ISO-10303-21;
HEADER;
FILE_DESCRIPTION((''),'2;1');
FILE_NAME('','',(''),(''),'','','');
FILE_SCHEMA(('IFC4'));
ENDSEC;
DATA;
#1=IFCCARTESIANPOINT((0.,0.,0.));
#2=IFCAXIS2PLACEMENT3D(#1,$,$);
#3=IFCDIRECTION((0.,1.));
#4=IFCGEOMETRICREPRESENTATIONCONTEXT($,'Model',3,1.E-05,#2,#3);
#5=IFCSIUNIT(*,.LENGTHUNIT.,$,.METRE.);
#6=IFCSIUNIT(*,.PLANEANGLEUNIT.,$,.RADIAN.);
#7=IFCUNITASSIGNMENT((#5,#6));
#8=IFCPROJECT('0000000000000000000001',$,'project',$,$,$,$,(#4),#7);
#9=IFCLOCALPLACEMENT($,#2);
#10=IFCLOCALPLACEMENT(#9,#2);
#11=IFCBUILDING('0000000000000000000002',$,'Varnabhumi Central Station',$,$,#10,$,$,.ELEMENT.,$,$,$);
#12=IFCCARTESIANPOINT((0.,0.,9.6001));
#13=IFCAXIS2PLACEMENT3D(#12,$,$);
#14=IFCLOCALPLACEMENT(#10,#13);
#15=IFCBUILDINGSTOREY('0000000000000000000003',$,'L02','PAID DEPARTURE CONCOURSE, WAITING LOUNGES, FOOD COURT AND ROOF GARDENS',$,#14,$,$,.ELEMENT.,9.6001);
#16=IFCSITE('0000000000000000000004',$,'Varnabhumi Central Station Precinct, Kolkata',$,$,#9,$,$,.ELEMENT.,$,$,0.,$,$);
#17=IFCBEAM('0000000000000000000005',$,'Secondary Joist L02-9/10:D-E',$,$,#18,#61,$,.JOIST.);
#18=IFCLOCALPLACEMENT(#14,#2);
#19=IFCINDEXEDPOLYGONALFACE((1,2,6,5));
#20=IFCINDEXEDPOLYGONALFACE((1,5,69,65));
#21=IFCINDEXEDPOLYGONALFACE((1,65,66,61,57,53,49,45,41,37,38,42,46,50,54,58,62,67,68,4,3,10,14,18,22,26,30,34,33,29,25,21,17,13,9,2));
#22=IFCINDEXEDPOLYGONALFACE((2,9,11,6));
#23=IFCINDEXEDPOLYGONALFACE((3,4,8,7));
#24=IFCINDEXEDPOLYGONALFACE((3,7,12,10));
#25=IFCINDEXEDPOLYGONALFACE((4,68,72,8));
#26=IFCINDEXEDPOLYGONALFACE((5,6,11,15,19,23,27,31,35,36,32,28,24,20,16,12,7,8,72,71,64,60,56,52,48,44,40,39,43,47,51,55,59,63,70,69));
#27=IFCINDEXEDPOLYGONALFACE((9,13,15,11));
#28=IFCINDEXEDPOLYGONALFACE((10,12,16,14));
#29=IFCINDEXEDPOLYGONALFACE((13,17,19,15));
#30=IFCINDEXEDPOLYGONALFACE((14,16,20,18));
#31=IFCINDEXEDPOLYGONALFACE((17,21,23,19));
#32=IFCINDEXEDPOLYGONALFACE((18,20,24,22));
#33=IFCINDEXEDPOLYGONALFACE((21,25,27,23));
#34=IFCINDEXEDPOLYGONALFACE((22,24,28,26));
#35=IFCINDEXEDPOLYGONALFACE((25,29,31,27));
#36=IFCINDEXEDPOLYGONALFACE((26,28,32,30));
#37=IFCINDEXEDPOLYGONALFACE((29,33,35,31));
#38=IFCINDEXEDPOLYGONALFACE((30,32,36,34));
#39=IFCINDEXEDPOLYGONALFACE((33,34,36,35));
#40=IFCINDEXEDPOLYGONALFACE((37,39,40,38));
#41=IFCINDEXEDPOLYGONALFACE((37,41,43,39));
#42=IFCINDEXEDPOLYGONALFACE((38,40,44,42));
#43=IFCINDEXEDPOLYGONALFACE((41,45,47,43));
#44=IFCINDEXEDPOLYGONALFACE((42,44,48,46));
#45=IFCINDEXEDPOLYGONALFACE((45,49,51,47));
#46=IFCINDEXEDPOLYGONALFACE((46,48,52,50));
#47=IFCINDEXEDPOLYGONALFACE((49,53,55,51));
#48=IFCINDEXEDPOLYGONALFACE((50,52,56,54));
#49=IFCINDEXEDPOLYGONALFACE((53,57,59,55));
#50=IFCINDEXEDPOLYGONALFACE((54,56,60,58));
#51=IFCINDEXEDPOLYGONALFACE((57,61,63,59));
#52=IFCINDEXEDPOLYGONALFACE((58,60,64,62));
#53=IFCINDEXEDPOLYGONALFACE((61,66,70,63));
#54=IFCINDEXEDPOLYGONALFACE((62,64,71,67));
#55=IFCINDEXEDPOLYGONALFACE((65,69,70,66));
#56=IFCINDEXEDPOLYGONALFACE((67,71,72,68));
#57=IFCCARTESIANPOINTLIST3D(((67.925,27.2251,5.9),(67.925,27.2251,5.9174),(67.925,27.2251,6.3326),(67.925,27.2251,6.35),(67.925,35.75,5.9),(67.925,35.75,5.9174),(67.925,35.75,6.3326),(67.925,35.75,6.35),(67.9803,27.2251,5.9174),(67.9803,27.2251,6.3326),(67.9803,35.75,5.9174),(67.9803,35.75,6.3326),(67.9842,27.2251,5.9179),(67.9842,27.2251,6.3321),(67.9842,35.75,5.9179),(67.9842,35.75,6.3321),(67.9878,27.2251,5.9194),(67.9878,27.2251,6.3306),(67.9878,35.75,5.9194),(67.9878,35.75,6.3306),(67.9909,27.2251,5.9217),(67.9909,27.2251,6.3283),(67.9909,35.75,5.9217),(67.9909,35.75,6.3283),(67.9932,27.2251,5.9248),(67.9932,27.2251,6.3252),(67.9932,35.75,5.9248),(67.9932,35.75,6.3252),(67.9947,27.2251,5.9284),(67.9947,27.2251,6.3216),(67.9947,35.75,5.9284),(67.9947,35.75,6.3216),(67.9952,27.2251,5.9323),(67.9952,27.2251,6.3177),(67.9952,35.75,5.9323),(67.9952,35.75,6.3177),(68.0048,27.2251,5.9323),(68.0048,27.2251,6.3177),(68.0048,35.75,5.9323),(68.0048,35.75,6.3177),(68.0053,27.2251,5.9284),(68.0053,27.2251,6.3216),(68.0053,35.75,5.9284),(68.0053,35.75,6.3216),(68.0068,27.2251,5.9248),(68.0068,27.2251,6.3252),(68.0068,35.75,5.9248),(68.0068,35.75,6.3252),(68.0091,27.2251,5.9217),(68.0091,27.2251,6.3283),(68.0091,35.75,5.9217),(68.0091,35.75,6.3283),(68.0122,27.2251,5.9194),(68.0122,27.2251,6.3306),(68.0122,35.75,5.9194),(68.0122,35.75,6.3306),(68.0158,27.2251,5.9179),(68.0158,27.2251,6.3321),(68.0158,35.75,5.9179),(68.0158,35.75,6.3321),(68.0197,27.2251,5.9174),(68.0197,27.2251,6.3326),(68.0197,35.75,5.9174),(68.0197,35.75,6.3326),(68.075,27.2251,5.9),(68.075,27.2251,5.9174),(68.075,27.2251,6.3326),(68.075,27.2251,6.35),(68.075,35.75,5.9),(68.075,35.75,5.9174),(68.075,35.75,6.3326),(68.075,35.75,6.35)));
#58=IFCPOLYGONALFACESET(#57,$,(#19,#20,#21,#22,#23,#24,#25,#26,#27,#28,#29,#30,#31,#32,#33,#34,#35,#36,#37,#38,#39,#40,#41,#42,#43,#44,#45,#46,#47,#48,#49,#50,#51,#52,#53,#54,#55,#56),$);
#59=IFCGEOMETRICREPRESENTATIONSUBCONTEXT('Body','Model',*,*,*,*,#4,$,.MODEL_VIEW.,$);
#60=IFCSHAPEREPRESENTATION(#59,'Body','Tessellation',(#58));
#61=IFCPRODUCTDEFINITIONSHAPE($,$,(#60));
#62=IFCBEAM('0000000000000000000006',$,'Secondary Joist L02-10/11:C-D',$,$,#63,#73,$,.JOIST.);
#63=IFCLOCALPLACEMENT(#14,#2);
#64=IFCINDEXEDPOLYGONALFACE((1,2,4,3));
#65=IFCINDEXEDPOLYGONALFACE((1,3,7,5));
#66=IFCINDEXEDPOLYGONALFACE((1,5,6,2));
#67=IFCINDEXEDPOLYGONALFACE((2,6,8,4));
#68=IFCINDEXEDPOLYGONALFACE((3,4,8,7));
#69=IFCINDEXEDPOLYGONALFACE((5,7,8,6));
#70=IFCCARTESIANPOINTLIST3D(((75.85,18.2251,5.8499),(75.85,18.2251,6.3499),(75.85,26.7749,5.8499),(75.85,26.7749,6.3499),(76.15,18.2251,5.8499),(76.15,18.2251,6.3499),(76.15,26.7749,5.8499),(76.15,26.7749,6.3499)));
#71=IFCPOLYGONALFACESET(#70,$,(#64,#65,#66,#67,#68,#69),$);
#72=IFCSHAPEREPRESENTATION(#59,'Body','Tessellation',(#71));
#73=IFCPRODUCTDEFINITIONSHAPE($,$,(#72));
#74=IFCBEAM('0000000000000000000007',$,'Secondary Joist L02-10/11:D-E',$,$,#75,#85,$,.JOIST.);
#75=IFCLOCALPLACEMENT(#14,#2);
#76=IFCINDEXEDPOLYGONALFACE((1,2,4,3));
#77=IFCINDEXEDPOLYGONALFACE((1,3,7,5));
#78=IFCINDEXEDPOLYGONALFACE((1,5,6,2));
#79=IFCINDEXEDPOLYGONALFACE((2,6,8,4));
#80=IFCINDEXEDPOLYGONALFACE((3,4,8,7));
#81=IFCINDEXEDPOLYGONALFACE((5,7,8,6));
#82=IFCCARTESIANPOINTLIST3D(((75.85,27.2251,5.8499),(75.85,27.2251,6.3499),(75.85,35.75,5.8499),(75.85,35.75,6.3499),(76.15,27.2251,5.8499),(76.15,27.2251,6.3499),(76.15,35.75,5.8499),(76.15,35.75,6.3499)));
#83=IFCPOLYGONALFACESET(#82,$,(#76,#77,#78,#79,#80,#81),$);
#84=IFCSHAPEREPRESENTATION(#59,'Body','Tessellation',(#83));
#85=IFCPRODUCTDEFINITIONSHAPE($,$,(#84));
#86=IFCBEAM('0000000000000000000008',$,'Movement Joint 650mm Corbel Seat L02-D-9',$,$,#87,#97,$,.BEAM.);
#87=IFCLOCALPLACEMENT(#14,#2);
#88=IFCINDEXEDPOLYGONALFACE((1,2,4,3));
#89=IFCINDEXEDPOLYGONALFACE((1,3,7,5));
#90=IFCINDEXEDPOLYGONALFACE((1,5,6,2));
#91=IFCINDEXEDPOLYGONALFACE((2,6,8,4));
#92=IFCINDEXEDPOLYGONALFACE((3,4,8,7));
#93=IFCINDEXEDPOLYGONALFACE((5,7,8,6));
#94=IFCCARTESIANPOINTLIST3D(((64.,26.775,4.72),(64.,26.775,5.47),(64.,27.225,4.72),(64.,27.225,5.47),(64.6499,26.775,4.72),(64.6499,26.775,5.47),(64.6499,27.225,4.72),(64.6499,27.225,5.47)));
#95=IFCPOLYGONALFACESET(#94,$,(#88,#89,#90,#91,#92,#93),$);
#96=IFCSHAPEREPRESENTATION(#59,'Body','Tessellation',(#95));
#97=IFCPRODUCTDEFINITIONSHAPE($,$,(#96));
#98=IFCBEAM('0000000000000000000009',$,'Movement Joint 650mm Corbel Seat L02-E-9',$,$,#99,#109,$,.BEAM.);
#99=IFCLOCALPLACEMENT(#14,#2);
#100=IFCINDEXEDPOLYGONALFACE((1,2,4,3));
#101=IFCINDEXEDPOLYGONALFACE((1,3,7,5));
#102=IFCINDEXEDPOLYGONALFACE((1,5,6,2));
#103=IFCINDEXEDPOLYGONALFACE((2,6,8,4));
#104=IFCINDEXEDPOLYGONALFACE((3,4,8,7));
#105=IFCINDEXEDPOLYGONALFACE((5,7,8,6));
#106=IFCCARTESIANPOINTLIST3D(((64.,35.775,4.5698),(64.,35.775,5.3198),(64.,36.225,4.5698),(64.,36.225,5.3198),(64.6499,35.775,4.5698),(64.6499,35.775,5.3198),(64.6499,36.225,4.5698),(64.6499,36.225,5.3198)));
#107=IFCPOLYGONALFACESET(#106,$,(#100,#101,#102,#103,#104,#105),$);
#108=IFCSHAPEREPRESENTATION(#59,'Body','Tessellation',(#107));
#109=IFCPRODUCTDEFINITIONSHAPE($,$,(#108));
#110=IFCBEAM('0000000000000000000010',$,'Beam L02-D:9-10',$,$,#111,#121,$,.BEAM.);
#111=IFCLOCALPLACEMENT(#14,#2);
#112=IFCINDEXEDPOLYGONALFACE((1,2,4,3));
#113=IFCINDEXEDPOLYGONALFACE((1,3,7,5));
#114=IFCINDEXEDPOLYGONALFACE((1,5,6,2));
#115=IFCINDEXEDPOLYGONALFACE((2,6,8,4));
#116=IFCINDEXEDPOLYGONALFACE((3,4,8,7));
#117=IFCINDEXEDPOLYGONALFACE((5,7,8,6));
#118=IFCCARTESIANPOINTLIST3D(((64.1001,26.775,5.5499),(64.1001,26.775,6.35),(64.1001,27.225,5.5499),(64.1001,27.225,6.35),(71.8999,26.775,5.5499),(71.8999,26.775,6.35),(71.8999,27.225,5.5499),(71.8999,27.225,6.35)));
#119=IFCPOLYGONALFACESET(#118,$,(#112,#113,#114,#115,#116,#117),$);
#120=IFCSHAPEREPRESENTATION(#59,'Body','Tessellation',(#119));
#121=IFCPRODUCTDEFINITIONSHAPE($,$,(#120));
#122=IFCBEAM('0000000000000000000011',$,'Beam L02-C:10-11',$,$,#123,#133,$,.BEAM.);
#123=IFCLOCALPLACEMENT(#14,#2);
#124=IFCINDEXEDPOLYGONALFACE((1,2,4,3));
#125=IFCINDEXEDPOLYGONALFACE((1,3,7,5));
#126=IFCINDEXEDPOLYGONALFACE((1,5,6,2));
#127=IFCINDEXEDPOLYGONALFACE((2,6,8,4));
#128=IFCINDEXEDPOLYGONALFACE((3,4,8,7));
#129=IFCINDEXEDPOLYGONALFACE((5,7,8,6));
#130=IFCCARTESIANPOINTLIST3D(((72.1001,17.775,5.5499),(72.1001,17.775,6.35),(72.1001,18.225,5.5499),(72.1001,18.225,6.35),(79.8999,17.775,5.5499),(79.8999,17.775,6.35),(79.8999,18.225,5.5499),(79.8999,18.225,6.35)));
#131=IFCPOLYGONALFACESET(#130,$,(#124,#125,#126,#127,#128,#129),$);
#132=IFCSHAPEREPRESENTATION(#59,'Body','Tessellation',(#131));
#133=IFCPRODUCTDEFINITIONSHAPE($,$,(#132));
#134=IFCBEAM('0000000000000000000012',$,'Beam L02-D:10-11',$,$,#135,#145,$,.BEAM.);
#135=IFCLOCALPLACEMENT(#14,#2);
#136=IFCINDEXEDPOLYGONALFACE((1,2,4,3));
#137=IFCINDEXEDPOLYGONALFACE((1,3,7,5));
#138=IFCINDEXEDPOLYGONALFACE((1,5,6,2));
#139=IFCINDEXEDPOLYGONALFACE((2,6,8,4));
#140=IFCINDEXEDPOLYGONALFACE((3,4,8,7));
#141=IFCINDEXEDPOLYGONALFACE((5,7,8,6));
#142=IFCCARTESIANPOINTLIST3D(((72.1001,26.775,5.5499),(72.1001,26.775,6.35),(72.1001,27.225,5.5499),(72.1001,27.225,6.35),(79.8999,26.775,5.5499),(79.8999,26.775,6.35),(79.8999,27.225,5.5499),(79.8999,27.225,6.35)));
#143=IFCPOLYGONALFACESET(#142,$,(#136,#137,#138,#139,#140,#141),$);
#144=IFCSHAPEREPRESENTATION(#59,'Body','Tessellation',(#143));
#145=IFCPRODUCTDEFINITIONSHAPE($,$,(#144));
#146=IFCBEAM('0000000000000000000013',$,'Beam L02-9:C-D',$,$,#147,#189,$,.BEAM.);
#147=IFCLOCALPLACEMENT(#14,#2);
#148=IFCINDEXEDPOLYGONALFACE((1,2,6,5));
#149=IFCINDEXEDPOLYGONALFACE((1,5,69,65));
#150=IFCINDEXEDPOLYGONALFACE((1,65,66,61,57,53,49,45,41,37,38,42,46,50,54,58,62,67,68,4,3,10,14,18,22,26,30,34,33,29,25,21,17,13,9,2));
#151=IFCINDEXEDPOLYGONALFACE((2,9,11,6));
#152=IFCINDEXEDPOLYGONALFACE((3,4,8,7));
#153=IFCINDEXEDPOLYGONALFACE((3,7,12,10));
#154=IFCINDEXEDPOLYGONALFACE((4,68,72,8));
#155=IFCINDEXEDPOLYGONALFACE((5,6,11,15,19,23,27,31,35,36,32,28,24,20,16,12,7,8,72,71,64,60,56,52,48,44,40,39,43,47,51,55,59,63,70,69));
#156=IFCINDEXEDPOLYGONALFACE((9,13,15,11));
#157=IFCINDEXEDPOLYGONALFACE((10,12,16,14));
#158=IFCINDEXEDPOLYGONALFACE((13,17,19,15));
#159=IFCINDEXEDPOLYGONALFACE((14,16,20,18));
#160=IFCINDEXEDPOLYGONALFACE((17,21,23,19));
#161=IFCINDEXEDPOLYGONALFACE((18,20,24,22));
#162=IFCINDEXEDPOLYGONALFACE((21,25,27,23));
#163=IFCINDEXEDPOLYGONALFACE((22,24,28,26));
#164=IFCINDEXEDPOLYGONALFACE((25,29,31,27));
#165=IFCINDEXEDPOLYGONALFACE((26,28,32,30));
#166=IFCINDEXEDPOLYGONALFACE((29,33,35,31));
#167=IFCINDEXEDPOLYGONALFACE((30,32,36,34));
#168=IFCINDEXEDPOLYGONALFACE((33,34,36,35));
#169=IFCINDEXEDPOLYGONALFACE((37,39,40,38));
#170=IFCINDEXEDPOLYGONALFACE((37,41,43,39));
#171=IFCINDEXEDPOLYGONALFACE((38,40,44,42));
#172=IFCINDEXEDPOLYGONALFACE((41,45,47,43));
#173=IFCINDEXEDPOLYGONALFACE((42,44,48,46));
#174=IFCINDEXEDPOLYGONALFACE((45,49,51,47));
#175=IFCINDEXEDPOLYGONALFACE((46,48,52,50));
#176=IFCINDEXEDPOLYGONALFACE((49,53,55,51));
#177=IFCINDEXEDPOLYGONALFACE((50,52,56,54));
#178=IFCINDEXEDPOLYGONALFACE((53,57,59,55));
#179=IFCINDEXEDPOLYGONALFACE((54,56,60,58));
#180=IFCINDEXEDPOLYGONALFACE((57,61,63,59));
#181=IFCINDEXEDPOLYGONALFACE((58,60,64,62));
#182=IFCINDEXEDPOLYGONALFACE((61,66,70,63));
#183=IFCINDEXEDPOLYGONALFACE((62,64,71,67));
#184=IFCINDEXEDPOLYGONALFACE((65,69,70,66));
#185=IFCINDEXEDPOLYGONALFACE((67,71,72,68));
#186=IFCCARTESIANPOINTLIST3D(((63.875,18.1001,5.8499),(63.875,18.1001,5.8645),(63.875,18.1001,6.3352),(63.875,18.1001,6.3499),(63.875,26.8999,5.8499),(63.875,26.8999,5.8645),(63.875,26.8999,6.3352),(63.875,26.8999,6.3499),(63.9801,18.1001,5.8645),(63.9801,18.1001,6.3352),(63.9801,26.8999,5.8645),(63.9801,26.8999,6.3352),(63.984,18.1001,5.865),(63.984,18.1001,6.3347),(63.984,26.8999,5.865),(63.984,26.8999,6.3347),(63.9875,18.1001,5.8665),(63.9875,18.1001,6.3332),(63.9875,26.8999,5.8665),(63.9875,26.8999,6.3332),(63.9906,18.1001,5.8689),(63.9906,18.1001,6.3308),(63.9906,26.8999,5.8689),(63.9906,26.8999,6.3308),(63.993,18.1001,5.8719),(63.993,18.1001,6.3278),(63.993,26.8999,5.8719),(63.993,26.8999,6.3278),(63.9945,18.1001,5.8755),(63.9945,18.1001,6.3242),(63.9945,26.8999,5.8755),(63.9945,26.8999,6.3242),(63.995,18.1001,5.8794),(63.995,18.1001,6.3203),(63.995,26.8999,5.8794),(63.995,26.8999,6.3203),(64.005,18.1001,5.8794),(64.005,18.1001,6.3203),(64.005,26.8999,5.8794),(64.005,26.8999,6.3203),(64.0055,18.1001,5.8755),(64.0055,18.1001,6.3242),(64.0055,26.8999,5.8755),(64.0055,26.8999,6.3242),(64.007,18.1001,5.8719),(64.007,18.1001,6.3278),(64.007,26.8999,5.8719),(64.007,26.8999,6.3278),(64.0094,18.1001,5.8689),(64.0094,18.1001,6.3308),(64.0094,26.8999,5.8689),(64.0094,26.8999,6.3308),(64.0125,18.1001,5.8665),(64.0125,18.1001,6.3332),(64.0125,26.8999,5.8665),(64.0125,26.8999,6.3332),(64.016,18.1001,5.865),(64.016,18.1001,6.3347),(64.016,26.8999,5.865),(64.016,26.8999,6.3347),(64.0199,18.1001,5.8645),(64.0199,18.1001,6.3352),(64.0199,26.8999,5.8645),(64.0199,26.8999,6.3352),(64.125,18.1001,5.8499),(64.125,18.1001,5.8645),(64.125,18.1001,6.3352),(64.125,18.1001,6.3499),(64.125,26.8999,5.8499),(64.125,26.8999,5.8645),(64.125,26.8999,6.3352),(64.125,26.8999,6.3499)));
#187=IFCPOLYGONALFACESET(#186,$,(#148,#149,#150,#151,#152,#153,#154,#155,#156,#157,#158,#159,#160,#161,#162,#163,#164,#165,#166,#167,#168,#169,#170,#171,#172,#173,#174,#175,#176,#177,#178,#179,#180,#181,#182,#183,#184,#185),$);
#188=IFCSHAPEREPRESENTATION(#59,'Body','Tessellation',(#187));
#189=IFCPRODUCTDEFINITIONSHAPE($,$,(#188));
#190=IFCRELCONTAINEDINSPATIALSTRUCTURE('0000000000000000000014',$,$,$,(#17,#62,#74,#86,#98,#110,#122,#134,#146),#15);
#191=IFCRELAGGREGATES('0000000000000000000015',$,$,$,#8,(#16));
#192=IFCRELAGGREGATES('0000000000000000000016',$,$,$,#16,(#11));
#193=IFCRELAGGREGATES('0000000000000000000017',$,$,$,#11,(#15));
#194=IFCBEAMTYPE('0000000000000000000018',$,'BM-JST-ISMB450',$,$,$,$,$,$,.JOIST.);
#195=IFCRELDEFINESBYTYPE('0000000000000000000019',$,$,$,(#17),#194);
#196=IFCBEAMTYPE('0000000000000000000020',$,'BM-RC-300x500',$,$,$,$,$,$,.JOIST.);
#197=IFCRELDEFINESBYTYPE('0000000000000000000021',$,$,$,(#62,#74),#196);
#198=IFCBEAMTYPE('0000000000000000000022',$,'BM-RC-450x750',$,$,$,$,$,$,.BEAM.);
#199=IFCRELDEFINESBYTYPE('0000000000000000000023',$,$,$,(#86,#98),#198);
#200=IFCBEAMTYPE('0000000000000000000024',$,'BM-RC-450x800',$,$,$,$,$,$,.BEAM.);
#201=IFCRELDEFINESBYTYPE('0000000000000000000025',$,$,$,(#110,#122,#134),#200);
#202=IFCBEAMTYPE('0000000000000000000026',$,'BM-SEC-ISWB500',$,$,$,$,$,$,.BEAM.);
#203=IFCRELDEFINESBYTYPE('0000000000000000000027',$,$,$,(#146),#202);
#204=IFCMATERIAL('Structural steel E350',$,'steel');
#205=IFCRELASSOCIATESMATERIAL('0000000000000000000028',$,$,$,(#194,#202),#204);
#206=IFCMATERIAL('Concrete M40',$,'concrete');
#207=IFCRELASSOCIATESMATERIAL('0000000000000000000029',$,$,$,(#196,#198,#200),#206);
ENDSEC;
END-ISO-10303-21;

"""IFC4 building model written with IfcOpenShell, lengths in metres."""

from ifc_helpers import new_model, si_unit, direction, frame, origin, origin_2d, place, context, subcontext, project, spatial, rectangle, i_section, extrude, material, material_profile, profile_set, type_object, element, save


model = new_model("IFC4")

# Units and contexts
model_context = context("Model", 3, precision=1e-05, world=origin(), true_north=direction((0.0, 1.0)))
body_context = subcontext(model_context, "Body", "Model", "MODEL_VIEW")
ifc_project = project(units=[si_unit("LENGTHUNIT", "METRE"), si_unit("PLANEANGLEUNIT", "RADIAN")], contexts=[model_context])

# Site, building, storey
site_placement = place(None, origin())
site = spatial("IfcSite", under=ifc_project, at=site_placement, Name="Varnabhumi Central Station Precinct, Kolkata", CompositionType="ELEMENT", RefElevation=0.0)
building_placement = place(site_placement, origin())
building = spatial("IfcBuilding", under=site, at=building_placement, Name="Varnabhumi Central Station", CompositionType="ELEMENT")
storey_placement = place(building_placement, frame((0.0, 0.0, 9.6001)))
storey = spatial("IfcBuildingStorey", under=building, at=storey_placement, Name="L02", Description="PAID DEPARTURE CONCOURSE, WAITING LOUNGES, FOOD COURT AND ROOF GARDENS", CompositionType="ELEMENT", Elevation=9.6001)

# Shared definitions
ifc_material_1 = material(Name="Concrete M40", Category="concrete")

# Beams
ifc_material_2 = material(Name="Structural steel E350", Category="steel")
ifc_material_profile_1 = material_profile(ifc_material_2, i_section(OverallWidth=0.1499, OverallDepth=0.45, WebThickness=0.0095, FlangeThickness=0.0173, FilletRadius=0.0149, at=origin_2d()), Name="Structural steel E350", Category="steel")
ifc_profile_set_1 = profile_set([ifc_material_profile_1], Name="Structural steel E350")
beam_type_1 = type_object("IfcBeamType", Name="BM-JST-ISMB450", PredefinedType="JOIST", material=ifc_profile_set_1)
beam_1_placement = place(storey_placement, frame((68.0, 27.2251, 6.125), z_axis=(0.0, 1.0, 0.0), x_axis=(-1.0, 0.0, 0.0)))
element("IfcBeam", 1, at=beam_1_placement, inside=storey, type_object=beam_type_1, Name="Secondary Joist L02-9/10:D-E", PredefinedType="JOIST", context=body_context, shape_type="SweptSolid", body=[
    extrude(i_section(OverallWidth=0.1499, OverallDepth=0.45, WebThickness=0.0095, FlangeThickness=0.0173, FilletRadius=0.0149, at=origin_2d()), origin(), (0.0, 0.0, 1.0), 8.5249),
])
ifc_material_profile_2 = material_profile(ifc_material_1, rectangle(XDim=0.3, YDim=0.5, at=origin_2d()), Name="Concrete M40", Category="concrete")
ifc_profile_set_2 = profile_set([ifc_material_profile_2], Name="Concrete M40")
beam_type_2 = type_object("IfcBeamType", Name="BM-RC-300x500", PredefinedType="JOIST", material=ifc_profile_set_2)
beam_2_placement = place(storey_placement, frame((76.0, 18.2251, 6.0999), z_axis=(0.0, 1.0, 0.0), x_axis=(-1.0, 0.0, 0.0)))
element("IfcBeam", 2, at=beam_2_placement, inside=storey, type_object=beam_type_2, Name="Secondary Joist L02-10/11:C-D", PredefinedType="JOIST", context=body_context, shape_type="SweptSolid", body=[
    extrude(rectangle(XDim=0.3, YDim=0.5, at=origin_2d()), origin(), (0.0, 0.0, 1.0), 8.5498),
])
beam_3_placement = place(storey_placement, frame((76.0, 27.2251, 6.0999), z_axis=(0.0, 1.0, 0.0), x_axis=(-1.0, 0.0, 0.0)))
element("IfcBeam", 3, at=beam_3_placement, inside=storey, type_object=beam_type_2, Name="Secondary Joist L02-10/11:D-E", PredefinedType="JOIST", context=body_context, shape_type="SweptSolid", body=[
    extrude(rectangle(XDim=0.3, YDim=0.5, at=origin_2d()), origin(), (0.0, 0.0, 1.0), 8.5249),
])
ifc_material_profile_3 = material_profile(ifc_material_1, rectangle(XDim=0.45, YDim=0.75, at=origin_2d()), Name="Concrete M40", Category="concrete")
ifc_profile_set_3 = profile_set([ifc_material_profile_3], Name="Concrete M40")
beam_type_3 = type_object("IfcBeamType", Name="BM-RC-450x750", PredefinedType="BEAM", material=ifc_profile_set_3)
for number, where, z_axis, x_axis, name in (
    (4, (64.0, 27.0, 5.095), (1.0, 0.0, 0.0), (0.0, 1.0, 0.0), "Movement Joint 650mm Corbel Seat L02-D-9"),
    (5, (64.0, 36.0, 4.9448), (1.0, 0.0, 0.0), (0.0, 1.0, 0.0), "Movement Joint 650mm Corbel Seat L02-E-9"),
):
    element("IfcBeam", number, at=place(storey_placement, frame(where, z_axis=z_axis, x_axis=x_axis)), inside=storey, type_object=beam_type_3, Name=name, PredefinedType="BEAM", context=body_context, shape_type="SweptSolid", body=[
        extrude(rectangle(XDim=0.45, YDim=0.75, at=origin_2d()), origin(), (0.0, 0.0, 1.0), 0.6499),
    ])
ifc_material_profile_4 = material_profile(ifc_material_1, rectangle(XDim=0.45, YDim=0.8, at=origin_2d()), Name="Concrete M40", Category="concrete")
ifc_profile_set_4 = profile_set([ifc_material_profile_4], Name="Concrete M40")
beam_type_4 = type_object("IfcBeamType", Name="BM-RC-450x800", PredefinedType="BEAM", material=ifc_profile_set_4)
for number, where, z_axis, x_axis, name in (
    (6, (64.1001, 27.0, 5.95), (1.0, 0.0, 0.0), (0.0, 1.0, 0.0), "Beam L02-D:9-10"),
    (7, (72.1001, 18.0, 5.95), (1.0, 0.0, 0.0), (0.0, 1.0, 0.0), "Beam L02-C:10-11"),
    (8, (72.1001, 27.0, 5.95), (1.0, 0.0, 0.0), (0.0, 1.0, 0.0), "Beam L02-D:10-11"),
):
    element("IfcBeam", number, at=place(storey_placement, frame(where, z_axis=z_axis, x_axis=x_axis)), inside=storey, type_object=beam_type_4, Name=name, PredefinedType="BEAM", context=body_context, shape_type="SweptSolid", body=[
        extrude(rectangle(XDim=0.45, YDim=0.8, at=origin_2d()), origin(), (0.0, 0.0, 1.0), 7.7998),
    ])
ifc_material_profile_5 = material_profile(ifc_material_2, i_section(OverallWidth=0.25, OverallDepth=0.5, WebThickness=0.01, FlangeThickness=0.0146, FilletRadius=0.0149, at=origin_2d()), Name="Structural steel E350", Category="steel")
ifc_profile_set_5 = profile_set([ifc_material_profile_5], Name="Structural steel E350")
beam_type_5 = type_object("IfcBeamType", Name="BM-SEC-ISWB500", PredefinedType="BEAM", material=ifc_profile_set_5)
for number, where, z_axis, x_axis, name in (
    (9, (64.0, 18.1001, 6.0999), (0.0, 1.0, 0.0), (-1.0, 0.0, 0.0), "Beam L02-9:C-D"),
):
    element("IfcBeam", number, at=place(storey_placement, frame(where, z_axis=z_axis, x_axis=x_axis)), inside=storey, type_object=beam_type_5, Name=name, PredefinedType="BEAM", context=body_context, shape_type="SweptSolid", body=[
        extrude(i_section(OverallWidth=0.25, OverallDepth=0.5, WebThickness=0.01, FlangeThickness=0.0146, FilletRadius=0.0149, at=origin_2d()), origin(), (0.0, 0.0, 1.0), 8.7998),
    ])

save(model, "model.ifc")
